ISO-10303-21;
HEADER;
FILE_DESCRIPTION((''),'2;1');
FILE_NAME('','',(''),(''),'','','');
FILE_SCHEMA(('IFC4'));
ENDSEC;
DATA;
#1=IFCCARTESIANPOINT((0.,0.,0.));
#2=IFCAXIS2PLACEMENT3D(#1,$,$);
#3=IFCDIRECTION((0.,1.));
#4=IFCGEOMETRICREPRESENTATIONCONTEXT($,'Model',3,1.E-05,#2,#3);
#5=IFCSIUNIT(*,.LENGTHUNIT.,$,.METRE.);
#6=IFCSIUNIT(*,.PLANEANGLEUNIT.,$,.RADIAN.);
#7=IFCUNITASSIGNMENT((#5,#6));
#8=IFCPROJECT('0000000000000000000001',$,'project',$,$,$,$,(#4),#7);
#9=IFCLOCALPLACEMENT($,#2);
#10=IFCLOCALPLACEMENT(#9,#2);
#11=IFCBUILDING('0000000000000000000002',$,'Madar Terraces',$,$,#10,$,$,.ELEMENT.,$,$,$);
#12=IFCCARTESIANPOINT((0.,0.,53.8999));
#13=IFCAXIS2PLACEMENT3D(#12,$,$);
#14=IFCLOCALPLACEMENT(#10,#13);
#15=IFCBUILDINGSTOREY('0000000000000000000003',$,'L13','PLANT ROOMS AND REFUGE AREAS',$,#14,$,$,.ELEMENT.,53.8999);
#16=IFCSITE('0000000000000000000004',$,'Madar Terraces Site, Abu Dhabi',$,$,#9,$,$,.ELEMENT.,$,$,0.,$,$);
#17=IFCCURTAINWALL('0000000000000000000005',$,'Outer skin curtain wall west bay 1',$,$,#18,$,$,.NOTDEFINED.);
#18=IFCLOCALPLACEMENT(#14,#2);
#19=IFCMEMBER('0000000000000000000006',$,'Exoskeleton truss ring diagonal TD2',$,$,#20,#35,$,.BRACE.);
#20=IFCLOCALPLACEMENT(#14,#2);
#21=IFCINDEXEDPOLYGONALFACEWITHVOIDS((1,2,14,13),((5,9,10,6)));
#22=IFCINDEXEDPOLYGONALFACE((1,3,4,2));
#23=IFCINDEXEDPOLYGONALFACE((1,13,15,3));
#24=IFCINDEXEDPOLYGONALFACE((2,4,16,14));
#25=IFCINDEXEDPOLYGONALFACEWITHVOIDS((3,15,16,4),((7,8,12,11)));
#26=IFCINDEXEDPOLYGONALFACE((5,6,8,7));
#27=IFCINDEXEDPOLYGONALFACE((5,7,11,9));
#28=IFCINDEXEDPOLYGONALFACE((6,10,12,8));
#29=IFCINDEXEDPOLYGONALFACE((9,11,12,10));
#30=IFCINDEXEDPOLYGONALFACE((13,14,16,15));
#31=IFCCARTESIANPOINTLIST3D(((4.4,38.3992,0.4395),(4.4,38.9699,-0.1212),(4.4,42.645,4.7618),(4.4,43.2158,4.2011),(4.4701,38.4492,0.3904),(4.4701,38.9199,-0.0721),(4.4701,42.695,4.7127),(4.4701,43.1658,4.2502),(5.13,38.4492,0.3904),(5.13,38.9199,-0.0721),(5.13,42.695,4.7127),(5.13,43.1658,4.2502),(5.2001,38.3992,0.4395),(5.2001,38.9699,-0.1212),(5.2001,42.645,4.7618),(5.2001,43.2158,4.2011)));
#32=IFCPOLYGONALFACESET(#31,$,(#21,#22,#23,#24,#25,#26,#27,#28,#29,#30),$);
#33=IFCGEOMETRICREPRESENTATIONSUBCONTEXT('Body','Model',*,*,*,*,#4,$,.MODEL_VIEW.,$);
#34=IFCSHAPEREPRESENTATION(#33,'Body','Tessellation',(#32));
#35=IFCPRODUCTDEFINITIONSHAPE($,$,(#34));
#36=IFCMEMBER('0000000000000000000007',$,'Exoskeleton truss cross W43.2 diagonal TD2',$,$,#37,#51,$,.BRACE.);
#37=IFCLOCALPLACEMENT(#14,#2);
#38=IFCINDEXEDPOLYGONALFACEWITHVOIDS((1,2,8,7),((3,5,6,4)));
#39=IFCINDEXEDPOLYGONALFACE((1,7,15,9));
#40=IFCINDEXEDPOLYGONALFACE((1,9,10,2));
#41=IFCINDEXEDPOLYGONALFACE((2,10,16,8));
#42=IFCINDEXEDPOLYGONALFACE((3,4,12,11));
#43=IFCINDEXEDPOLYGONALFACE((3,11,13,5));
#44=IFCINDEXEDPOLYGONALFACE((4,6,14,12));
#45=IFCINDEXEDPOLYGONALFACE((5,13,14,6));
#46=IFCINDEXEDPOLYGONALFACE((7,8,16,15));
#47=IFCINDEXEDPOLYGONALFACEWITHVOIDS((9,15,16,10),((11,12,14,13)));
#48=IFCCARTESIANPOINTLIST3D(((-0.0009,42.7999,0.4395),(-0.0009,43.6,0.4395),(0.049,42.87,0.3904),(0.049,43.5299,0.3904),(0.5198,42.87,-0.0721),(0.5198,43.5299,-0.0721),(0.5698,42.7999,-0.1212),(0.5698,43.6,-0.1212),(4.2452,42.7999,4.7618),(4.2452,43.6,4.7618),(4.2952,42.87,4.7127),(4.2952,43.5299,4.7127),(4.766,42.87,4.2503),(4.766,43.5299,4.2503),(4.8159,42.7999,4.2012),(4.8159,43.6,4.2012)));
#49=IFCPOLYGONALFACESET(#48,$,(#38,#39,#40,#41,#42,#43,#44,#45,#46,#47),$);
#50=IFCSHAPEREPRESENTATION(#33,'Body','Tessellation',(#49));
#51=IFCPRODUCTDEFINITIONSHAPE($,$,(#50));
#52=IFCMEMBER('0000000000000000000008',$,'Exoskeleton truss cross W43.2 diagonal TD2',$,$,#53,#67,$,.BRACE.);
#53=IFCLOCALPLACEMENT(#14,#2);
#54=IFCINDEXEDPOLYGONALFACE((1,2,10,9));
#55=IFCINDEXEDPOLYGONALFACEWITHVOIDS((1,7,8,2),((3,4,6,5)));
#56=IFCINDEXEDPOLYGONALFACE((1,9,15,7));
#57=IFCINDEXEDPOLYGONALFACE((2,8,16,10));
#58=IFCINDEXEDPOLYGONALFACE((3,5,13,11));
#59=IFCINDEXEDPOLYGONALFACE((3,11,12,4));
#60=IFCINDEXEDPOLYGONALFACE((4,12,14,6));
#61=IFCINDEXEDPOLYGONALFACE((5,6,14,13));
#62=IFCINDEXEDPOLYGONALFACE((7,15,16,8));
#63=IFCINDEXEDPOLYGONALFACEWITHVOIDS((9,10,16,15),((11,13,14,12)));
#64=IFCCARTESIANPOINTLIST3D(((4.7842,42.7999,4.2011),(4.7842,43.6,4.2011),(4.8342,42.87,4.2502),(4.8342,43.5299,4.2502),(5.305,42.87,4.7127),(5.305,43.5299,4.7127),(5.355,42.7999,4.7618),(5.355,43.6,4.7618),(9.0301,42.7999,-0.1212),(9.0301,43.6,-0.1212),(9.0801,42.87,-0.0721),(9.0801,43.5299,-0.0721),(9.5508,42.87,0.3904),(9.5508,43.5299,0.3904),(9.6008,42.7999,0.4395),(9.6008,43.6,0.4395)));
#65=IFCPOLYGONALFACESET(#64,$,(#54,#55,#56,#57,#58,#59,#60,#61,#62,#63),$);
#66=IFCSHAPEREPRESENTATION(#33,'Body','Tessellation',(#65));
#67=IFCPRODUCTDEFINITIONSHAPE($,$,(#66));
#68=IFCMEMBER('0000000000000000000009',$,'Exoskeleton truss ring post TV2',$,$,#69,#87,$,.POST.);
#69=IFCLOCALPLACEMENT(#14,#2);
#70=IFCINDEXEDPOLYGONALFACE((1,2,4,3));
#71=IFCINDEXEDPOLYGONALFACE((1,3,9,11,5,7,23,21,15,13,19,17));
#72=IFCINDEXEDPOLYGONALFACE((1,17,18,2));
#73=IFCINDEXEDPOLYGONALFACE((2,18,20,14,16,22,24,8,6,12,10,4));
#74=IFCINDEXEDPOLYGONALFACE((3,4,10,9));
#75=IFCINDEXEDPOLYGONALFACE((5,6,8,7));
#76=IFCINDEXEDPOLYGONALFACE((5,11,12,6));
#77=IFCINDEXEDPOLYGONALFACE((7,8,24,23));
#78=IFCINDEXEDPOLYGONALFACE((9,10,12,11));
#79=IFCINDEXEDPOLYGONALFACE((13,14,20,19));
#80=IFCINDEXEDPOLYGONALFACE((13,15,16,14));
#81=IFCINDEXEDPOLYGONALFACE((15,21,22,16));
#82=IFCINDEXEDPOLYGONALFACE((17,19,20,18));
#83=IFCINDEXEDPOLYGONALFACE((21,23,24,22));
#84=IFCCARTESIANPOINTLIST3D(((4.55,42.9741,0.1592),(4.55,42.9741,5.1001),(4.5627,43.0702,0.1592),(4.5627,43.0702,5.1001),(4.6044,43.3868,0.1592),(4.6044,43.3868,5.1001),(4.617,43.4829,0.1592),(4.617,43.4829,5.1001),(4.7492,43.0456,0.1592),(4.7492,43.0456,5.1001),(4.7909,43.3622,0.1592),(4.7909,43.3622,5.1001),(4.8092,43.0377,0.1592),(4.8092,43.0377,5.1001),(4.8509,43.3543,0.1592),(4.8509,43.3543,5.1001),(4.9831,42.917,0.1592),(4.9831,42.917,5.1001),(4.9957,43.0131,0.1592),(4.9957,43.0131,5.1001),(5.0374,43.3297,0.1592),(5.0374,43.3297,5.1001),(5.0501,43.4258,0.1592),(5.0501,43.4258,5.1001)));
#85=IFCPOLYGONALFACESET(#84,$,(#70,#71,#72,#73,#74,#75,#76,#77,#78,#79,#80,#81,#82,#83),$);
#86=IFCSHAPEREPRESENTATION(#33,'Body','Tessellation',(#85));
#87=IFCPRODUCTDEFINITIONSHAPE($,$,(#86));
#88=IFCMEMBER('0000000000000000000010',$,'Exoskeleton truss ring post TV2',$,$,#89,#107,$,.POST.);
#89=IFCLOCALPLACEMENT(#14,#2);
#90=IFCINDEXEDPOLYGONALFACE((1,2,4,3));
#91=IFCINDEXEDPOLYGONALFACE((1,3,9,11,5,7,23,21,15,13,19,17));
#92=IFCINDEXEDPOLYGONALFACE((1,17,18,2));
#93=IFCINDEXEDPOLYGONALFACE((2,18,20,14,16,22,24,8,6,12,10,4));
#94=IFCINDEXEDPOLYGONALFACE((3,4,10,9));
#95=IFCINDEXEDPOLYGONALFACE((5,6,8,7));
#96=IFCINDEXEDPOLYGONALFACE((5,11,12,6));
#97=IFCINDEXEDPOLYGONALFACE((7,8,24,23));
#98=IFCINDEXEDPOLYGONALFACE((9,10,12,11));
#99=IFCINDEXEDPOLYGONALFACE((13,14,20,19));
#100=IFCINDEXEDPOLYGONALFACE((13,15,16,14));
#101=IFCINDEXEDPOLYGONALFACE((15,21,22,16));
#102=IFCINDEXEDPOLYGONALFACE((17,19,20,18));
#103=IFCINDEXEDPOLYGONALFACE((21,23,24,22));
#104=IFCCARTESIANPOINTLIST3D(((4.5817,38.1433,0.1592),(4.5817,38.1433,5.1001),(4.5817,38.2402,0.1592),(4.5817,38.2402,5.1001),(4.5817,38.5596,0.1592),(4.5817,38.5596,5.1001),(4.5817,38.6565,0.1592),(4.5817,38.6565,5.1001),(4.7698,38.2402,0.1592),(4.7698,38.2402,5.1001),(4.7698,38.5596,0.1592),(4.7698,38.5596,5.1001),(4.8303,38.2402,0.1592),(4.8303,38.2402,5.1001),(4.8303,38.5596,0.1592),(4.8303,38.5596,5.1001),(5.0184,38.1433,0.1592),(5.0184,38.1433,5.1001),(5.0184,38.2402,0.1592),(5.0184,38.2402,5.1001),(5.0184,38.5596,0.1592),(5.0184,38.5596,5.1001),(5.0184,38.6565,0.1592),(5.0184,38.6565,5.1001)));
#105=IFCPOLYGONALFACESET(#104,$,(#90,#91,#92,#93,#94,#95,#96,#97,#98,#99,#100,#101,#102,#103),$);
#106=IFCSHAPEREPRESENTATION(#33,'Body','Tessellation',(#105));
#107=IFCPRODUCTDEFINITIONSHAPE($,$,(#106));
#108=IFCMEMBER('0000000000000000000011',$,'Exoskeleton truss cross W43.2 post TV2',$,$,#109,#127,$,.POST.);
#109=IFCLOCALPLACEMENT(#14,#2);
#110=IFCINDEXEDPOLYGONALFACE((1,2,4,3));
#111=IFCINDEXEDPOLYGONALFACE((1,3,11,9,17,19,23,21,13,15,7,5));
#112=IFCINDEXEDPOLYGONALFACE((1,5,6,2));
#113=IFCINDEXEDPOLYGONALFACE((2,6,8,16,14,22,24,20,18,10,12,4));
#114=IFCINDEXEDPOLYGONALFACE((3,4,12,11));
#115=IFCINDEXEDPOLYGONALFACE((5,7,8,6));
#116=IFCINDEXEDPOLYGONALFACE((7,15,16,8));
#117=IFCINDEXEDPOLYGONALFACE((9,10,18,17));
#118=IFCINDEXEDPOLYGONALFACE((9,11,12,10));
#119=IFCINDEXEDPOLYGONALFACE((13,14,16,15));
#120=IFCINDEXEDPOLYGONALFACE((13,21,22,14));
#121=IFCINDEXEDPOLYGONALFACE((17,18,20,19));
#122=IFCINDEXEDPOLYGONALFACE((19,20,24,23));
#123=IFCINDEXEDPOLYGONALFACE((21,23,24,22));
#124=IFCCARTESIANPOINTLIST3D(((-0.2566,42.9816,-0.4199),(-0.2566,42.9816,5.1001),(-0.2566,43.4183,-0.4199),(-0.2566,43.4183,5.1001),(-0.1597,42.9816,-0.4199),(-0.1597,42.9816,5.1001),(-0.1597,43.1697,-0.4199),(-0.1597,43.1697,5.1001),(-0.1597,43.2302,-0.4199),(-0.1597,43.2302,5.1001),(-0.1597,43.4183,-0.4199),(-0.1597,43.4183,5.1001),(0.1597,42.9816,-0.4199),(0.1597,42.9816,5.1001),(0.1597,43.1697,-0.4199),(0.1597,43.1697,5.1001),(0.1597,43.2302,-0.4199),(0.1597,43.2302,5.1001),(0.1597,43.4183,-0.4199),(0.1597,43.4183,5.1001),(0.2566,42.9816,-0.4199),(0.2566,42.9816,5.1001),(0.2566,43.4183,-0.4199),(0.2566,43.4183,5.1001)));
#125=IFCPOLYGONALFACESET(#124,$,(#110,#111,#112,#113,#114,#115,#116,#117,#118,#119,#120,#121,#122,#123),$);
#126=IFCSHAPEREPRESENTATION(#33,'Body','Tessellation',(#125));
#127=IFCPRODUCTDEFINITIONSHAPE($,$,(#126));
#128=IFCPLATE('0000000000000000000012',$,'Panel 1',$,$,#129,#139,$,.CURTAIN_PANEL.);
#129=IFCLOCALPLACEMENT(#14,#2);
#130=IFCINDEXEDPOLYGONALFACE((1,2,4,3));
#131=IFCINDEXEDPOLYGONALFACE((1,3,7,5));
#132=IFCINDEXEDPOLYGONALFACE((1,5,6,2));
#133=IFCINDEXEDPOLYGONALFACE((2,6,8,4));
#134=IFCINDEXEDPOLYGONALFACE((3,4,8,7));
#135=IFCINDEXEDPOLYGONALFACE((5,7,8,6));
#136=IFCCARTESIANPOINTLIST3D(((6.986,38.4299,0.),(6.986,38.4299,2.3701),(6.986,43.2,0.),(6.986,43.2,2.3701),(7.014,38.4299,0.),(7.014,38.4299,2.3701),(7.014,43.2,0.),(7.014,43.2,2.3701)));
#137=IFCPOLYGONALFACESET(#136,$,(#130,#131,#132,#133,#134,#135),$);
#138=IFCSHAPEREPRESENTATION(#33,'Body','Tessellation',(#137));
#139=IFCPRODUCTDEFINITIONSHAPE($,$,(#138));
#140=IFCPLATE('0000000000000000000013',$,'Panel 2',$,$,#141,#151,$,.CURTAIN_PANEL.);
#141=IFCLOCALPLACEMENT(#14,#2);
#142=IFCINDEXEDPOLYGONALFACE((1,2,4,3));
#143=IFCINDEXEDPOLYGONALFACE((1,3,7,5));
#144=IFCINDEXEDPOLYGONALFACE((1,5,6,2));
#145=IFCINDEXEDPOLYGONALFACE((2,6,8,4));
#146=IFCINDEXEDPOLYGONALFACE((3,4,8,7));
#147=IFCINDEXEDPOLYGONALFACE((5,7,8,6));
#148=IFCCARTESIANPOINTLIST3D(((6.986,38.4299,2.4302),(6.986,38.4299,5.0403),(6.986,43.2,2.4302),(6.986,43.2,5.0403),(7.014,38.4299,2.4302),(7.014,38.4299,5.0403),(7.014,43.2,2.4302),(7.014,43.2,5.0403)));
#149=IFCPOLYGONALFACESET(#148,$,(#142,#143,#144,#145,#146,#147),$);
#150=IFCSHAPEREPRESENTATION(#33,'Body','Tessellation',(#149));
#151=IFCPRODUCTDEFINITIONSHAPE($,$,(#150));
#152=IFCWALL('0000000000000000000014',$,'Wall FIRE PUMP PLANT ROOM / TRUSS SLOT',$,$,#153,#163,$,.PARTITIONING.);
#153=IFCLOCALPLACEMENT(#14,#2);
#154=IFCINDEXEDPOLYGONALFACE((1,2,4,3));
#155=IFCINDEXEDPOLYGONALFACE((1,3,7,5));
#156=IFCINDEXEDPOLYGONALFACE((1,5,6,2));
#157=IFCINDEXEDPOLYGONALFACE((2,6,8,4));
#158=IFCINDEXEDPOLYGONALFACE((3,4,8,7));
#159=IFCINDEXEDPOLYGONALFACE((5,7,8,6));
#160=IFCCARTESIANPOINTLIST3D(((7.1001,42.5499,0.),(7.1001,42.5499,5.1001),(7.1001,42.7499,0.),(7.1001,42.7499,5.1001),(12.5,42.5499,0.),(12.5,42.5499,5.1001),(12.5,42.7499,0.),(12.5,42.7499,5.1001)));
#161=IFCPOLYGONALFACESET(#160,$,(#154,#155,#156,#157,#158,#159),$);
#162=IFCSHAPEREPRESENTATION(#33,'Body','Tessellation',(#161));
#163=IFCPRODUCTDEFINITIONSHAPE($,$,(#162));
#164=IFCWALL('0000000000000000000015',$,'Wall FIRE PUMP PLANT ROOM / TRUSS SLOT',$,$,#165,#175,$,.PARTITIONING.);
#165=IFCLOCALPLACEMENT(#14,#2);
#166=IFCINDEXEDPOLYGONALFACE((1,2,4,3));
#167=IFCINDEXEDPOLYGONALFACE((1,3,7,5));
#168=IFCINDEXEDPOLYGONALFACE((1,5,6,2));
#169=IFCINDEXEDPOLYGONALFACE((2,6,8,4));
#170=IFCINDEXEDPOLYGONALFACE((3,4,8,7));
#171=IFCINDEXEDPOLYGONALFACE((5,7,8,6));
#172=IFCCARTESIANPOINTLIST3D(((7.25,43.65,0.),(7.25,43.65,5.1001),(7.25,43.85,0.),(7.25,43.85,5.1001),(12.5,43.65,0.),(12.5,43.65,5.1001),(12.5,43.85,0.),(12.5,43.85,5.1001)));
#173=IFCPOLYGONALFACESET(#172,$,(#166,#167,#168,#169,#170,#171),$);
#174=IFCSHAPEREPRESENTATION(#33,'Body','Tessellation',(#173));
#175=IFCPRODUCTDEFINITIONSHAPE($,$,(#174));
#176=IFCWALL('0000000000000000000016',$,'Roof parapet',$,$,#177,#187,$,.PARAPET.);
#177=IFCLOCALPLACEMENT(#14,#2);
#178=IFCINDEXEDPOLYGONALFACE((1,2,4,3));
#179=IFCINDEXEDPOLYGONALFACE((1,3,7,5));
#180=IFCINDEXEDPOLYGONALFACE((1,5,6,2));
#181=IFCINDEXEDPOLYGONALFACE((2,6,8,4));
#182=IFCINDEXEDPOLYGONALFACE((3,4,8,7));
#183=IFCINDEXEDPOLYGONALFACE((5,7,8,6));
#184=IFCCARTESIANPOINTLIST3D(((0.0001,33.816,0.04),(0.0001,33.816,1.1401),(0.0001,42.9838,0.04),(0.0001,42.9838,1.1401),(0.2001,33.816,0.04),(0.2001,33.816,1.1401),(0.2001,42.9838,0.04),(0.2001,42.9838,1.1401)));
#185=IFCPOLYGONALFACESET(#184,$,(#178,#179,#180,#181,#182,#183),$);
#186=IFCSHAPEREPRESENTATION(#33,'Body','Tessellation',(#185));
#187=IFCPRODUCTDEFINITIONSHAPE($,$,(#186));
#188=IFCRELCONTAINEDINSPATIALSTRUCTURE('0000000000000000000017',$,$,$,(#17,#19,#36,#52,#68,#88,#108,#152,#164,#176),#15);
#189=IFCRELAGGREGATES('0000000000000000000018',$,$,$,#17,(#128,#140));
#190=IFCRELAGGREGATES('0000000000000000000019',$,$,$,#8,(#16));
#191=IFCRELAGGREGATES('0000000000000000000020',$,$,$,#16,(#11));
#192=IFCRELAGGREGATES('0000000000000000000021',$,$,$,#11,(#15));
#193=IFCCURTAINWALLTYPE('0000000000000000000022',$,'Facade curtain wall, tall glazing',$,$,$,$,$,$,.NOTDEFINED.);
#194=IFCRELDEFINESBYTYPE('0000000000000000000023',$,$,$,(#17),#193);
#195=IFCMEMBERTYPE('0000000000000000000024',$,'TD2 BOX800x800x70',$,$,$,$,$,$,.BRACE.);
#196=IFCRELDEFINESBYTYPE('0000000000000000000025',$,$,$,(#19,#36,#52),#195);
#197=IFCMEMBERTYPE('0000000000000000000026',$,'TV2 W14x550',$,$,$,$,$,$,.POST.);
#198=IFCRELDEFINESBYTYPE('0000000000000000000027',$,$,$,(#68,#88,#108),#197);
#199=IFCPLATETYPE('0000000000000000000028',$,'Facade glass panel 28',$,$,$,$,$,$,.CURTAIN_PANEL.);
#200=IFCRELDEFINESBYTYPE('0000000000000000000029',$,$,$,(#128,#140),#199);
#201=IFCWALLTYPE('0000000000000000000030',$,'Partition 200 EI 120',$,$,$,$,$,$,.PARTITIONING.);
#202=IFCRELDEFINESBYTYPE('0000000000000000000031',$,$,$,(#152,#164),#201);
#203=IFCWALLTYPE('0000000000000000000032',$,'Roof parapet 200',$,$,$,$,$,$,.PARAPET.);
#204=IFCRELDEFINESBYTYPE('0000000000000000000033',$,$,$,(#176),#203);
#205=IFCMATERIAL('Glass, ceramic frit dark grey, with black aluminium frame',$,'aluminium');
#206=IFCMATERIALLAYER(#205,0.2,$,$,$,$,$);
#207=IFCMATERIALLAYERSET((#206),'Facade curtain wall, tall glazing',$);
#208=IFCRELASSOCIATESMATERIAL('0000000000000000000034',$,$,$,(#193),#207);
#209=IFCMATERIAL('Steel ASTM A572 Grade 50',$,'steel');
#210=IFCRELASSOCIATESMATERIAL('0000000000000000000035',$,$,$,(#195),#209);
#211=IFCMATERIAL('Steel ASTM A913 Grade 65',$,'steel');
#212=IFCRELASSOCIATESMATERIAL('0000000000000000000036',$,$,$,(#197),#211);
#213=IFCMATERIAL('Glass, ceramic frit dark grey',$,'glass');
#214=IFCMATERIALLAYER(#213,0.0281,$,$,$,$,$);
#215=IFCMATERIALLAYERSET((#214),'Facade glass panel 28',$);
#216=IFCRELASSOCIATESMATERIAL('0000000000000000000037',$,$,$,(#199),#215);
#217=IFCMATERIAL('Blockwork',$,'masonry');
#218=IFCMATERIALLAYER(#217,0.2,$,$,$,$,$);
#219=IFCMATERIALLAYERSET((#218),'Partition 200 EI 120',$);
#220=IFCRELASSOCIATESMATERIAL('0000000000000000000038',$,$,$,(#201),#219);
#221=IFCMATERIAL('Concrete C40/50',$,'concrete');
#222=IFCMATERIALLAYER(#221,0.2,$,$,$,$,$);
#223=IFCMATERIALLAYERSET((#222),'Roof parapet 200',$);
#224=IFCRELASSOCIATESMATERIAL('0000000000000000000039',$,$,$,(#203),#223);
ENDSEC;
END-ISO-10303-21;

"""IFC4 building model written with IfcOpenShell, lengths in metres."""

from ifc_helpers import new_model, si_unit, direction, frame, frame_2d, origin, origin_2d, place, context, subcontext, project, spatial, rectangle, hollow_rectangle, i_section, extrude, material, layer, layer_set, material_profile, profile_set, type_object, element, aggregate, save


model = new_model("IFC4")

# Units and contexts
model_context = context("Model", 3, precision=1e-05, world=origin(), true_north=direction((0.0, 1.0)))
body_context = subcontext(model_context, "Body", "Model", "MODEL_VIEW")
ifc_project = project(units=[si_unit("LENGTHUNIT", "METRE"), si_unit("PLANEANGLEUNIT", "RADIAN")], contexts=[model_context])

# Site, building, storey
site_placement = place(None, origin())
site = spatial("IfcSite", under=ifc_project, at=site_placement, Name="Madar Terraces Site, Abu Dhabi", CompositionType="ELEMENT", RefElevation=0.0)
building_placement = place(site_placement, origin())
building = spatial("IfcBuilding", under=site, at=building_placement, Name="Madar Terraces", CompositionType="ELEMENT")
storey_placement = place(building_placement, frame((0.0, 0.0, 53.8999)))
storey = spatial("IfcBuildingStorey", under=building, at=storey_placement, Name="L13", Description="PLANT ROOMS AND REFUGE AREAS", CompositionType="ELEMENT", Elevation=53.8999)

# Curtain wall
ifc_material_1 = material(Name="Glass, ceramic frit dark grey, with black aluminium frame", Category="aluminium")
ifc_layer_1 = layer(ifc_material_1, 0.2)
ifc_layer_set_1 = layer_set([ifc_layer_1], Name="Facade curtain wall, tall glazing")
curtain_wall_type = type_object("IfcCurtainWallType", Name="Facade curtain wall, tall glazing", PredefinedType="NOTDEFINED", material=ifc_layer_set_1)
curtain_wall_placement = place(storey_placement, origin())
curtain_wall = element("IfcCurtainWall", 1, at=curtain_wall_placement, inside=storey, type_object=curtain_wall_type, Name="Outer skin curtain wall west bay 1", PredefinedType="NOTDEFINED")

# Members
ifc_material_2 = material(Name="Steel ASTM A572 Grade 50", Category="steel")
ifc_material_profile_1 = material_profile(ifc_material_2, hollow_rectangle(XDim=0.8, YDim=0.8, WallThickness=0.0701, at=origin_2d()), Name="BOX800x800x70")
ifc_profile_set_1 = profile_set([ifc_material_profile_1], Name="Steel ASTM A572 Grade 50")
member_type_1 = type_object("IfcMemberType", Name="TD2 BOX800x800x70", PredefinedType="BRACE", material=ifc_profile_set_1)
member_1_placement = place(storey_placement, frame((4.8, 42.9304, 4.4814), z_axis=(0.0, -0.700772, -0.713385), x_axis=(1.0, 0.0, 0.0)))
element("IfcMember", 2, at=member_1_placement, inside=storey, type_object=member_type_1, Name="Exoskeleton truss ring diagonal TD2", PredefinedType="BRACE", context=body_context, shape_type="SweptSolid", body=[
    extrude(hollow_rectangle(XDim=0.8, YDim=0.8, WallThickness=0.0701, at=origin_2d()), origin(), (0.0, 0.0, 1.0), 6.0588),
])
member_2_placement = place(storey_placement, frame((0.2844, 43.2, 0.1592), z_axis=(0.700793, 0.0, 0.713365), x_axis=(0.0, 1.0, 0.0)))
element("IfcMember", 3, at=member_2_placement, inside=storey, type_object=member_type_1, Name="Exoskeleton truss cross W43.2 diagonal TD2", PredefinedType="BRACE", context=body_context, shape_type="SweptSolid", body=[
    extrude(hollow_rectangle(XDim=0.8, YDim=0.8, WallThickness=0.0701, at=origin_2d()), origin(), (0.0, 0.0, 1.0), 6.0591),
])
member_3_placement = place(storey_placement, frame((5.0696, 43.2, 4.4814), z_axis=(0.700772, 0.0, -0.713385), x_axis=(0.0, 1.0, 0.0)))
element("IfcMember", 4, at=member_3_placement, inside=storey, type_object=member_type_1, Name="Exoskeleton truss cross W43.2 diagonal TD2", PredefinedType="BRACE", context=body_context, shape_type="SweptSolid", body=[
    extrude(hollow_rectangle(XDim=0.8, YDim=0.8, WallThickness=0.0701, at=origin_2d()), origin(), (0.0, 0.0, 1.0), 6.0588),
])
ifc_material_3 = material(Name="Steel ASTM A913 Grade 65", Category="steel")
ifc_material_profile_2 = material_profile(ifc_material_3, i_section(OverallWidth=0.4368, OverallDepth=0.5132, WebThickness=0.0605, FlangeThickness=0.0969, at=origin_2d()), Name="W14x550")
ifc_profile_set_2 = profile_set([ifc_material_profile_2], Name="Steel ASTM A913 Grade 65")
member_type_2 = type_object("IfcMemberType", Name="TV2 W14x550", PredefinedType="POST", material=ifc_profile_set_2)
for number, where, z_axis, x_axis, name in (
    (5, (4.8, 43.2, 0.1592), (0.0, 0.0, 1.0), (0.991445, -0.130526, 0.0), "Exoskeleton truss ring post TV2"),
    (6, (4.8, 38.3999, 0.1592), (0.0, 0.0, 1.0), (1.0, 0.0, 0.0), "Exoskeleton truss ring post TV2"),
):
    element("IfcMember", number, at=place(storey_placement, frame(where, z_axis=z_axis, x_axis=x_axis)), inside=storey, type_object=member_type_2, Name=name, PredefinedType="POST", context=body_context, shape_type="SweptSolid", body=[
        extrude(i_section(OverallWidth=0.4368, OverallDepth=0.5132, WebThickness=0.0605, FlangeThickness=0.0969, at=origin_2d()), origin(), (0.0, 0.0, 1.0), 4.9409),
    ])
member_4_placement = place(storey_placement, frame((0.0, 43.2, -0.4199), z_axis=(0.0, 0.0, 1.0), x_axis=(0.0, 1.0, 0.0)))
element("IfcMember", 7, at=member_4_placement, inside=storey, type_object=member_type_2, Name="Exoskeleton truss cross W43.2 post TV2", PredefinedType="POST", context=body_context, shape_type="SweptSolid", body=[
    extrude(i_section(OverallWidth=0.4368, OverallDepth=0.5132, WebThickness=0.0605, FlangeThickness=0.0969, at=origin_2d()), origin(), (0.0, 0.0, 1.0), 5.52),
])

# Plates
ifc_material_4 = material(Name="Glass, ceramic frit dark grey", Category="glass")
ifc_layer_2 = layer(ifc_material_4, 0.0281)
ifc_layer_set_2 = layer_set([ifc_layer_2], Name="Facade glass panel 28")
plate_type = type_object("IfcPlateType", Name="Facade glass panel 28", PredefinedType="CURTAIN_PANEL", material=ifc_layer_set_2)
plate_1_placement = place(storey_placement, frame((7.0, 40.8149, 0.0), z_axis=(0.0, 0.0, 1.0), x_axis=(0.0, -1.0, 0.0)))
plate_1 = element("IfcPlate", 8, at=plate_1_placement, type_object=plate_type, Name="Panel 1", PredefinedType="CURTAIN_PANEL", context=body_context, shape_type="SweptSolid", body=[
    extrude(rectangle(XDim=4.77, YDim=0.0281, at=origin_2d()), origin(), (0.0, 0.0, 1.0), 2.3701),
])
plate_2_placement = place(storey_placement, frame((7.0, 40.8149, 2.4302), z_axis=(0.0, 0.0, 1.0), x_axis=(0.0, -1.0, 0.0)))
plate_2 = element("IfcPlate", 9, at=plate_2_placement, type_object=plate_type, Name="Panel 2", PredefinedType="CURTAIN_PANEL", context=body_context, shape_type="SweptSolid", body=[
    extrude(rectangle(XDim=4.77, YDim=0.0281, at=origin_2d()), origin(), (0.0, 0.0, 1.0), 2.6101),
])
aggregate(curtain_wall, [plate_1, plate_2])

# Walls
ifc_material_5 = material(Name="Blockwork", Category="masonry")
ifc_layer_3 = layer(ifc_material_5, 0.2)
ifc_layer_set_3 = layer_set([ifc_layer_3], Name="Partition 200 EI 120")
wall_type_1 = type_object("IfcWallType", Name="Partition 200 EI 120", PredefinedType="PARTITIONING", material=ifc_layer_set_3)
wall_1_placement = place(storey_placement, frame((7.1001, 42.6499, 0.0), z_axis=(0.0, 0.0, 1.0), x_axis=(1.0, 0.0, 0.0)))
element("IfcWall", 10, at=wall_1_placement, inside=storey, type_object=wall_type_1, Name="Wall FIRE PUMP PLANT ROOM / TRUSS SLOT", PredefinedType="PARTITIONING", context=body_context, shape_type="SweptSolid", body=[
    extrude(rectangle(XDim=5.3999, YDim=0.2, at=frame_2d((2.7, 0.0))), origin(), (0.0, 0.0, 1.0), 5.1001),
])
wall_2_placement = place(storey_placement, frame((7.25, 43.75, 0.0), z_axis=(0.0, 0.0, 1.0), x_axis=(1.0, 0.0, 0.0)))
element("IfcWall", 11, at=wall_2_placement, inside=storey, type_object=wall_type_1, Name="Wall FIRE PUMP PLANT ROOM / TRUSS SLOT", PredefinedType="PARTITIONING", context=body_context, shape_type="SweptSolid", body=[
    extrude(rectangle(XDim=5.25, YDim=0.2, at=frame_2d((2.625, 0.0))), origin(), (0.0, 0.0, 1.0), 5.1001),
])
ifc_material_6 = material(Name="Concrete C40/50", Category="concrete")
ifc_layer_4 = layer(ifc_material_6, 0.2)
ifc_layer_set_4 = layer_set([ifc_layer_4], Name="Roof parapet 200")
wall_type_2 = type_object("IfcWallType", Name="Roof parapet 200", PredefinedType="PARAPET", material=ifc_layer_set_4)
wall_3_placement = place(storey_placement, frame((0.1001, 42.9839, 0.04), z_axis=(0.0, 0.0, 1.0), x_axis=(0.0, -1.0, 0.0)))
element("IfcWall", 12, at=wall_3_placement, inside=storey, type_object=wall_type_2, Name="Roof parapet", PredefinedType="PARAPET", context=body_context, shape_type="SweptSolid", body=[
    extrude(rectangle(XDim=9.1677, YDim=0.2, at=frame_2d((4.584, 0.0))), origin(), (0.0, 0.0, 1.0), 1.1001),
])

save(model, "model.ifc")
